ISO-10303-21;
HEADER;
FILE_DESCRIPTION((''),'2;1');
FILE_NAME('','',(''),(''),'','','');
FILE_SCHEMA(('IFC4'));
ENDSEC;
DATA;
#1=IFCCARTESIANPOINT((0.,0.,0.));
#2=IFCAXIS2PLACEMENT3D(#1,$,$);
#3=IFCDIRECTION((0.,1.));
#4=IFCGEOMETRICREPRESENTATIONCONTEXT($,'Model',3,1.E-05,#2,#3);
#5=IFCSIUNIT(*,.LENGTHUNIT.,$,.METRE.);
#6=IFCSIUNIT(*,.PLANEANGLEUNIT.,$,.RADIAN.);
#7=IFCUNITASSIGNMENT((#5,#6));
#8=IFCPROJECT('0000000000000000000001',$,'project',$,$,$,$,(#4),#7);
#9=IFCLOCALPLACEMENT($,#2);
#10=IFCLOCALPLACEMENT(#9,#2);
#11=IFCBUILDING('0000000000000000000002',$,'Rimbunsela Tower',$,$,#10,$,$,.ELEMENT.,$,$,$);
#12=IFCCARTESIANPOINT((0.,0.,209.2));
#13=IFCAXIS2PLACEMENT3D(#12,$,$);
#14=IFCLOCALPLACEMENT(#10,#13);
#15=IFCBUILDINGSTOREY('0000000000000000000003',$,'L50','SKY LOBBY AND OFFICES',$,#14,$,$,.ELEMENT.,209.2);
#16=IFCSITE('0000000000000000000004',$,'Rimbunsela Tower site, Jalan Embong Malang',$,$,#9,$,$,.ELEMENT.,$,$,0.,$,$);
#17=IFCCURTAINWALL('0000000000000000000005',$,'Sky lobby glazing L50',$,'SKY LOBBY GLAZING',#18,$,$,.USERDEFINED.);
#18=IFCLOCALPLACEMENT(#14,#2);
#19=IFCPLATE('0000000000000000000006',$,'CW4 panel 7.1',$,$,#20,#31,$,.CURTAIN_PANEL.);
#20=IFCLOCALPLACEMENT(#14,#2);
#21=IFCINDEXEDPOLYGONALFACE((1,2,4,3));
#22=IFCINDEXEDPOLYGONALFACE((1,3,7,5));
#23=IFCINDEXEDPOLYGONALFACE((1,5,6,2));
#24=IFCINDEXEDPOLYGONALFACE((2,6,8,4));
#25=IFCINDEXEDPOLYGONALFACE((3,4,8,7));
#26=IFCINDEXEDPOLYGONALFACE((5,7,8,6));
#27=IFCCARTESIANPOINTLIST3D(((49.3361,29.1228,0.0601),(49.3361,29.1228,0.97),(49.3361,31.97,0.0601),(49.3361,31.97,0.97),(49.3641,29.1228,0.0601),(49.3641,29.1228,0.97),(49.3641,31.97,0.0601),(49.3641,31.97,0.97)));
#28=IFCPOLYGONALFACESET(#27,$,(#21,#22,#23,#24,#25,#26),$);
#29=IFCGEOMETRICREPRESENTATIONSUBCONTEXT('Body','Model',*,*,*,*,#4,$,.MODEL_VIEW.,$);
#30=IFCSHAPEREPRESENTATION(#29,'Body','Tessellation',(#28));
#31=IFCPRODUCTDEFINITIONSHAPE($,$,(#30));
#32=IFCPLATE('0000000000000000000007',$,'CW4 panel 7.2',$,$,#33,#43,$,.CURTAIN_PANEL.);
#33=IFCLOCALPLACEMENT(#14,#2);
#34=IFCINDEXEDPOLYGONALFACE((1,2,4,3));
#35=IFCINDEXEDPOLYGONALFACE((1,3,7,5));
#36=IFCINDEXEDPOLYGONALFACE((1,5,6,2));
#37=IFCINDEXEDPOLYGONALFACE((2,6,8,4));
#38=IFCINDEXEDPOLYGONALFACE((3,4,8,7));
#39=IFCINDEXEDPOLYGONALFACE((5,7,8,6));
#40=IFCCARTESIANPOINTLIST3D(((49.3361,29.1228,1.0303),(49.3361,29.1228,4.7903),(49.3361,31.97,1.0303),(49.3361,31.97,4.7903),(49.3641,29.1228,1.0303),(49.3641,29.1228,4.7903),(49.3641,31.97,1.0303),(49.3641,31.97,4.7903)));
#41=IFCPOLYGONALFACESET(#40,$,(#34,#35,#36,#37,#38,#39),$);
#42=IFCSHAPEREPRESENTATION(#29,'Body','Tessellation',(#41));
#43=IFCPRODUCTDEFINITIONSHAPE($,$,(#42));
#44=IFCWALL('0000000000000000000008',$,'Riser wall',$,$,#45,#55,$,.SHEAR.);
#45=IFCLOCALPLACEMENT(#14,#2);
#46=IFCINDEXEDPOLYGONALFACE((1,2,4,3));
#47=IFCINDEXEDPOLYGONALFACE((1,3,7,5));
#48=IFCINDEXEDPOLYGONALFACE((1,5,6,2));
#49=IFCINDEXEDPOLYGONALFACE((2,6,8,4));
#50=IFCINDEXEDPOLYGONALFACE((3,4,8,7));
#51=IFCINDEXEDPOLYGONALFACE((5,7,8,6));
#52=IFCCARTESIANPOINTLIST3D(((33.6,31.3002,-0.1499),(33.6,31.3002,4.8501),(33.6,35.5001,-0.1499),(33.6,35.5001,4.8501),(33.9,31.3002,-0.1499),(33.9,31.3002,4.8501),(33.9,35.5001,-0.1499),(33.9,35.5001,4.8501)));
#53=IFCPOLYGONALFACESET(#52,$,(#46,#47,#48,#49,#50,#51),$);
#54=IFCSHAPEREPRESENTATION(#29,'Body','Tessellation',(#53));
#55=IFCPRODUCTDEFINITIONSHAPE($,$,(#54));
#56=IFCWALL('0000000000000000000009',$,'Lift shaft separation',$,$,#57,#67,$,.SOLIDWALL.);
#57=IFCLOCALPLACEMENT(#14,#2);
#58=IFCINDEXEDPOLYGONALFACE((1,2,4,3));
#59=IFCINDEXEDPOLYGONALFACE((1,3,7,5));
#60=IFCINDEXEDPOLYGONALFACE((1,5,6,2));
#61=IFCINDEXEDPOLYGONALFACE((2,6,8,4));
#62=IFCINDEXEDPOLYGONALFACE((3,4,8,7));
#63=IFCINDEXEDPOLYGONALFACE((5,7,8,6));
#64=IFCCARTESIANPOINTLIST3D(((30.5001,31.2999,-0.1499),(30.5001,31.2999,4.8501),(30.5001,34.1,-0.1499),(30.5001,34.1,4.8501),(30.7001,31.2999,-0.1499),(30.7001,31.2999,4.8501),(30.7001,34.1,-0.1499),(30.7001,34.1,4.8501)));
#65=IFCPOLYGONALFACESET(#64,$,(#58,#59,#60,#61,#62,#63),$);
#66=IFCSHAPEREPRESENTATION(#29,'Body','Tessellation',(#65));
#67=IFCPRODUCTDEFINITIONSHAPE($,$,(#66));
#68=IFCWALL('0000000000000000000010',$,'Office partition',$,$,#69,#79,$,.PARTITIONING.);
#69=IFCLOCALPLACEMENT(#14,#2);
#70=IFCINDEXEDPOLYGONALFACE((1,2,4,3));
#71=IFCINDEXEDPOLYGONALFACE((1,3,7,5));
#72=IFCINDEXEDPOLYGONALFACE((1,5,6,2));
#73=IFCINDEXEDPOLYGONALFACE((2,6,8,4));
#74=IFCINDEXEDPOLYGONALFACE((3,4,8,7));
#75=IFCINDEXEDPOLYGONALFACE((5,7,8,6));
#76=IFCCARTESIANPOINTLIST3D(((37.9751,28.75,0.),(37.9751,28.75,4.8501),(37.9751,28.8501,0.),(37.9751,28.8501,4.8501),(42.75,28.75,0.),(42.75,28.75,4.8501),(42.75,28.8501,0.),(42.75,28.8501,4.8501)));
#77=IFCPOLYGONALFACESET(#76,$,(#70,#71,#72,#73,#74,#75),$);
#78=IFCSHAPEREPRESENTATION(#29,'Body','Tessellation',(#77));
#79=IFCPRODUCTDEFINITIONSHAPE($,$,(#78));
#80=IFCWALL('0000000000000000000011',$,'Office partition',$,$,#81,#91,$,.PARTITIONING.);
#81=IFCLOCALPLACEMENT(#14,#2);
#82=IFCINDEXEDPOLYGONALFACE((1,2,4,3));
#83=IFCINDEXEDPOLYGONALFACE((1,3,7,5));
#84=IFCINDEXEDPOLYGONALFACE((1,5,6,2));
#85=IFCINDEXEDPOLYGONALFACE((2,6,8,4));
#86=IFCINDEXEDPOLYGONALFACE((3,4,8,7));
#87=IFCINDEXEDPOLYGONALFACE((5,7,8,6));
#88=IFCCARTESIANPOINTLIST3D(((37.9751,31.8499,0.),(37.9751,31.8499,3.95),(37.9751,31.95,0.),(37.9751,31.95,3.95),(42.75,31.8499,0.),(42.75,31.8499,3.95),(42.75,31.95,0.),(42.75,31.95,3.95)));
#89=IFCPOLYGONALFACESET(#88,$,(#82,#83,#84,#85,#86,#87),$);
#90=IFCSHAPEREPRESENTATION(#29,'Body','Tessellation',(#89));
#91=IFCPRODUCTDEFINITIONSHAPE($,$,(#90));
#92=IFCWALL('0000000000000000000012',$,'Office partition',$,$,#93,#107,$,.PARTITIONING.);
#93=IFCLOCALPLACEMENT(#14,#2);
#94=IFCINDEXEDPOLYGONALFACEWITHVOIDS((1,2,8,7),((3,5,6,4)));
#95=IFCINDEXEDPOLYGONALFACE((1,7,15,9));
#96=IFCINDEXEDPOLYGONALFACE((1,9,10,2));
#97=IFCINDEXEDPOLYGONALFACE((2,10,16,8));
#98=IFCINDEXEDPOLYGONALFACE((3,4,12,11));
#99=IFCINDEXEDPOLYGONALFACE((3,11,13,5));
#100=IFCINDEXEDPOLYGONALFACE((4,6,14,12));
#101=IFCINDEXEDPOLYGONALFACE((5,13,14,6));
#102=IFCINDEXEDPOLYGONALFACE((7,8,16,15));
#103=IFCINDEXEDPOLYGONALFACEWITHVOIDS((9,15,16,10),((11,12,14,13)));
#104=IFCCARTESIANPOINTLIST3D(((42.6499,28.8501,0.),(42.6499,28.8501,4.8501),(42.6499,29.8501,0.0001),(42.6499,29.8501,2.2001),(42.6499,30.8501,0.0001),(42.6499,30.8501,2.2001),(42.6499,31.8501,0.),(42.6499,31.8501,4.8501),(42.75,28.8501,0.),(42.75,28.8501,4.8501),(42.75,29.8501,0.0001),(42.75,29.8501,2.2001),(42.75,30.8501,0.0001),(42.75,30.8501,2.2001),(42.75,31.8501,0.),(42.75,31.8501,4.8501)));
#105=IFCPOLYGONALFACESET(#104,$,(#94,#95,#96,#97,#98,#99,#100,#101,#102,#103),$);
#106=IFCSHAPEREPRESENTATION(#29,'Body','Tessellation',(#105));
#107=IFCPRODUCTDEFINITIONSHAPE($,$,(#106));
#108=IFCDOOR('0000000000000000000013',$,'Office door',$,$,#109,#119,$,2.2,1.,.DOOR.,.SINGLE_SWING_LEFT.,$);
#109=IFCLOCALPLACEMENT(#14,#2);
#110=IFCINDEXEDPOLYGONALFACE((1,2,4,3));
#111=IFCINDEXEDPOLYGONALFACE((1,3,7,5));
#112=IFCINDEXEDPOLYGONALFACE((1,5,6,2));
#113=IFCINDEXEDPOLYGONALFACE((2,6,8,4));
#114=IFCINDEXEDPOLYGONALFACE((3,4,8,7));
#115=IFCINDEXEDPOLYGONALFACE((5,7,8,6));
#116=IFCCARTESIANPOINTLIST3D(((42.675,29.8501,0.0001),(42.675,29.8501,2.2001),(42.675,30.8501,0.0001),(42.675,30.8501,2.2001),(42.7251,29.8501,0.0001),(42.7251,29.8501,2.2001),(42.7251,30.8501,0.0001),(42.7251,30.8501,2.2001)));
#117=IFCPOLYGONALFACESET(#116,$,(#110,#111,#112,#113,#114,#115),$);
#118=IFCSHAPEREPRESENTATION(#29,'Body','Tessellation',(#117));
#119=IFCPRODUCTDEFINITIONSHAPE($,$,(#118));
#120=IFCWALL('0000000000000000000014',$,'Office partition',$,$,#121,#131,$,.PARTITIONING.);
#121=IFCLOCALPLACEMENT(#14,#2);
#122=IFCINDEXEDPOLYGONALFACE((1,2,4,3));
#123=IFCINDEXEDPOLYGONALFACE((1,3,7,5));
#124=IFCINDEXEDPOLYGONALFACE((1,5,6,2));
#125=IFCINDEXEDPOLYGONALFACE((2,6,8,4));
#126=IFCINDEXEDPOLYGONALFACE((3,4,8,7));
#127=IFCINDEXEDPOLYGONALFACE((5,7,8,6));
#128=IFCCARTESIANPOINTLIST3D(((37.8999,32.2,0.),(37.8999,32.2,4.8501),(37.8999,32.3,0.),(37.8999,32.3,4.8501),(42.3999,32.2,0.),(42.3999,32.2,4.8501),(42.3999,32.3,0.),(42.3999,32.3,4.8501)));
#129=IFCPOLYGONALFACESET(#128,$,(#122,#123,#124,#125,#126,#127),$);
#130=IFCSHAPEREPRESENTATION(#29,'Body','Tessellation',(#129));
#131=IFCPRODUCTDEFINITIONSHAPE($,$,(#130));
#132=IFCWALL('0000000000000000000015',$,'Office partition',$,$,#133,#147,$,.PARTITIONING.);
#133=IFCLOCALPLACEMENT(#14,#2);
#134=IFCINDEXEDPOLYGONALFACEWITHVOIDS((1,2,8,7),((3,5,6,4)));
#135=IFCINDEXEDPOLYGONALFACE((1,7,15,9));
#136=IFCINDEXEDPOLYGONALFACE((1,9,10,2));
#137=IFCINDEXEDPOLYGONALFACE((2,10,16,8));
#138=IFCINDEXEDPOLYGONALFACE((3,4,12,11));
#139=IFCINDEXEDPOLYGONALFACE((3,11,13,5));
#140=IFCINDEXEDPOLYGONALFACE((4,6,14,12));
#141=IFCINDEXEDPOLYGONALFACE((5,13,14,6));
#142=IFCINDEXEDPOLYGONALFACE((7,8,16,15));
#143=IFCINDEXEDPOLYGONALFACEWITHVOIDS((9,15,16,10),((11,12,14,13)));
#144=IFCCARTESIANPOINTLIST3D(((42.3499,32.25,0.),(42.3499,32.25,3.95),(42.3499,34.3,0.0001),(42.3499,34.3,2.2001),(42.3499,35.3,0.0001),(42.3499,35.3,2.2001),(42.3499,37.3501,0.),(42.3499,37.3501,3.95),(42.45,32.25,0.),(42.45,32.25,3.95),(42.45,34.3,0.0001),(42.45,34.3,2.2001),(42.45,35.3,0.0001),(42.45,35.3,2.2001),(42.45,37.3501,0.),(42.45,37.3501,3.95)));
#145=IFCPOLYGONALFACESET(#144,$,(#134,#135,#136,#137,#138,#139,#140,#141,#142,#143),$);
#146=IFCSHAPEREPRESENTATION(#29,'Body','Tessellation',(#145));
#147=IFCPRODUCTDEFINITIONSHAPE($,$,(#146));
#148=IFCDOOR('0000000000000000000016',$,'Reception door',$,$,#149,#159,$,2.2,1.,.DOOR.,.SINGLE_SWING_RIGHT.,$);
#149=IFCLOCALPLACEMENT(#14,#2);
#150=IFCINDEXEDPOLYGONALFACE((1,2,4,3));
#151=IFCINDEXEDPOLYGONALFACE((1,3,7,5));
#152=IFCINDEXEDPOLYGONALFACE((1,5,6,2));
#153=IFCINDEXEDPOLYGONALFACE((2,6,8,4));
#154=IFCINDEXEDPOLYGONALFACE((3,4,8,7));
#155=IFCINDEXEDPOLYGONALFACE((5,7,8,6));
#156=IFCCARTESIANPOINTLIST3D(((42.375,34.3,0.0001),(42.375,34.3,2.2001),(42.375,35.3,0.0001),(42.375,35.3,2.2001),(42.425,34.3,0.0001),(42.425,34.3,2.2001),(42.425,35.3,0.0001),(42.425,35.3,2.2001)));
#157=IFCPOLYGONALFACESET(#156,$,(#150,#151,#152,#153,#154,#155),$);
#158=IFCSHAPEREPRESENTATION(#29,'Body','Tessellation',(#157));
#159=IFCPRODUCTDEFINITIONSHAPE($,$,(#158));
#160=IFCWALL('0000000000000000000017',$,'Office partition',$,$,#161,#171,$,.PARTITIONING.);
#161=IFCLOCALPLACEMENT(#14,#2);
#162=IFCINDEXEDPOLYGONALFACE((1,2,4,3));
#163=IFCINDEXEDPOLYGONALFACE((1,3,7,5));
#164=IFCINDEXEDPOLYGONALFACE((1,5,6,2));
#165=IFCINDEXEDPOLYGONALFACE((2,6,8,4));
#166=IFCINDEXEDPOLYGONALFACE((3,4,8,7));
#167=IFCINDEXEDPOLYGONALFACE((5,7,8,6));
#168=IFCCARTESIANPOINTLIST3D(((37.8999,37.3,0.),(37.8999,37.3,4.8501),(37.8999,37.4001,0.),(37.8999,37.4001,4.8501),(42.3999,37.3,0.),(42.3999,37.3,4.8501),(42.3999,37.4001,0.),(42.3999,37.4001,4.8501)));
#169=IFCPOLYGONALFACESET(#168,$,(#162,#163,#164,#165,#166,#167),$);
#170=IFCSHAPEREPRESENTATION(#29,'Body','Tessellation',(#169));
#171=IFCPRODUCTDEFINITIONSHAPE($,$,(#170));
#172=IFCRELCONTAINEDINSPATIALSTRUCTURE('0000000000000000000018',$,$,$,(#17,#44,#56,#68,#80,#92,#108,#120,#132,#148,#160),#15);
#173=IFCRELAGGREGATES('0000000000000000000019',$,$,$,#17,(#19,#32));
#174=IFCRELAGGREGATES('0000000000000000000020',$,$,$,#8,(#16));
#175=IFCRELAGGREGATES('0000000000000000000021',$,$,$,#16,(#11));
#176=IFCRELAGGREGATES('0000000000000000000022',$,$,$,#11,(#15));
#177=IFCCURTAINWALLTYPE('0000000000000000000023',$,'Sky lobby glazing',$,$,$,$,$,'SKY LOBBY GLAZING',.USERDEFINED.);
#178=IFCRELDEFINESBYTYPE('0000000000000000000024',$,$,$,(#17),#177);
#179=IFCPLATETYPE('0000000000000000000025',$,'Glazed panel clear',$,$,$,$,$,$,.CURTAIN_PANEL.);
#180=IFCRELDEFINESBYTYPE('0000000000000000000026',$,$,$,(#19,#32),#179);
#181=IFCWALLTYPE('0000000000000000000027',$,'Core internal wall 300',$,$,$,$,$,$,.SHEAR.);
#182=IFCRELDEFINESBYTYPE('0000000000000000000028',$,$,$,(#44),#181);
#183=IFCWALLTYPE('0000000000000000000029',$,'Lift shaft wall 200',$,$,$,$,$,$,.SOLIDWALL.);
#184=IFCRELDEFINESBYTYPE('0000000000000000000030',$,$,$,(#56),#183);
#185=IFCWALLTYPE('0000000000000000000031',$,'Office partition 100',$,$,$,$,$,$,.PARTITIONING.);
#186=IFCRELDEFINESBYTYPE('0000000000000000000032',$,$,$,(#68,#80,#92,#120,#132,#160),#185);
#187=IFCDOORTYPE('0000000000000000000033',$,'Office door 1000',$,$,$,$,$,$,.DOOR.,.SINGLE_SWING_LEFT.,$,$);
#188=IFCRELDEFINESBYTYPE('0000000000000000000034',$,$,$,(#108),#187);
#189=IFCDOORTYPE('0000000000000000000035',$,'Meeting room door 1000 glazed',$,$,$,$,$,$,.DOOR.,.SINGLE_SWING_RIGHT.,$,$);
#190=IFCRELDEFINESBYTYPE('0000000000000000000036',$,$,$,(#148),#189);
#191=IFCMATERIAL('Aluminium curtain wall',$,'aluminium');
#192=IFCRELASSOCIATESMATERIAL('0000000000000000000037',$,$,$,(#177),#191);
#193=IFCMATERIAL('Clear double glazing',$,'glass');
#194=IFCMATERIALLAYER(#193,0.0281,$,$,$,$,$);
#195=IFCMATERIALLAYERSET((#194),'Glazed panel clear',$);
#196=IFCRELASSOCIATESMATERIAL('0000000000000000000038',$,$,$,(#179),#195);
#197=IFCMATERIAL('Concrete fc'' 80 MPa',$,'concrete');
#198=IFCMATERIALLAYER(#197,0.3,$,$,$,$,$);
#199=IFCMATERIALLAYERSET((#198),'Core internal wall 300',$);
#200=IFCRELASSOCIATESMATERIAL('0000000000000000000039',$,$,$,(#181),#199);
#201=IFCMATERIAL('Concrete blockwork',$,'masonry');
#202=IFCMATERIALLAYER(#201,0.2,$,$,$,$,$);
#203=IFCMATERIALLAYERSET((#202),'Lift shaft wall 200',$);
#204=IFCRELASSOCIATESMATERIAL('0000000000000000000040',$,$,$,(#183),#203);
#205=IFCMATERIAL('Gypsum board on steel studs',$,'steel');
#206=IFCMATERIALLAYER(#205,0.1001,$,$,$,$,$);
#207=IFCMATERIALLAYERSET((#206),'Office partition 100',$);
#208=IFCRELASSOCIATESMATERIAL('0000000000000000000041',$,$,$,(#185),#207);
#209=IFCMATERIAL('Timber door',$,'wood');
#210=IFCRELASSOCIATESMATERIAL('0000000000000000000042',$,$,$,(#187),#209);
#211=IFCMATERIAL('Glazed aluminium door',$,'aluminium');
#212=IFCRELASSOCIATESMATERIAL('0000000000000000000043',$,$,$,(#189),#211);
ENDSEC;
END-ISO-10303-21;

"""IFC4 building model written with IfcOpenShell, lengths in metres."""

from ifc_helpers import new_model, si_unit, direction, frame, frame_2d, origin, origin_2d, place, context, subcontext, project, spatial, rectangle, extrude, material, layer, layer_set, type_object, element, fill, aggregate, save


model = new_model("IFC4")

# Units and contexts
model_context = context("Model", 3, precision=1e-05, world=origin(), true_north=direction((0.0, 1.0)))
body_context = subcontext(model_context, "Body", "Model", "MODEL_VIEW")
ifc_project = project(units=[si_unit("LENGTHUNIT", "METRE"), si_unit("PLANEANGLEUNIT", "RADIAN")], contexts=[model_context])

# Site, building, storey
site_placement = place(None, origin())
site = spatial("IfcSite", under=ifc_project, at=site_placement, Name="Rimbunsela Tower site, Jalan Embong Malang", CompositionType="ELEMENT", RefElevation=0.0)
building_placement = place(site_placement, origin())
building = spatial("IfcBuilding", under=site, at=building_placement, Name="Rimbunsela Tower", CompositionType="ELEMENT")
storey_placement = place(building_placement, frame((0.0, 0.0, 209.2)))
storey = spatial("IfcBuildingStorey", under=building, at=storey_placement, Name="L50", Description="SKY LOBBY AND OFFICES", CompositionType="ELEMENT", Elevation=209.2)

# Curtain wall, plates
ifc_material_1 = material(Name="Aluminium curtain wall", Category="aluminium")
curtain_wall_type = type_object("IfcCurtainWallType", Name="Sky lobby glazing", ElementType="SKY LOBBY GLAZING", PredefinedType="USERDEFINED", material=ifc_material_1)
curtain_wall_placement = place(storey_placement, origin())
curtain_wall = element("IfcCurtainWall", 1, at=curtain_wall_placement, inside=storey, type_object=curtain_wall_type, Name="Sky lobby glazing L50", ObjectType="SKY LOBBY GLAZING", PredefinedType="USERDEFINED")
ifc_material_2 = material(Name="Clear double glazing", Category="glass")
ifc_layer_1 = layer(ifc_material_2, 0.0281)
ifc_layer_set_1 = layer_set([ifc_layer_1], Name="Glazed panel clear")
plate_type = type_object("IfcPlateType", Name="Glazed panel clear", PredefinedType="CURTAIN_PANEL", material=ifc_layer_set_1)
plate_1_placement = place(storey_placement, frame((49.3501, 30.5464, 0.0601), z_axis=(0.0, 0.0, 1.0), x_axis=(0.0, 1.0, 0.0)))
plate_1 = element("IfcPlate", 2, at=plate_1_placement, type_object=plate_type, Name="CW4 panel 7.1", PredefinedType="CURTAIN_PANEL", context=body_context, shape_type="SweptSolid", body=[
    extrude(rectangle(XDim=2.8472, YDim=0.0281, at=origin_2d()), origin(), (0.0, 0.0, 1.0), 0.9099),
])
plate_2_placement = place(storey_placement, frame((49.3501, 30.5464, 1.0303), z_axis=(0.0, 0.0, 1.0), x_axis=(0.0, 1.0, 0.0)))
plate_2 = element("IfcPlate", 3, at=plate_2_placement, type_object=plate_type, Name="CW4 panel 7.2", PredefinedType="CURTAIN_PANEL", context=body_context, shape_type="SweptSolid", body=[
    extrude(rectangle(XDim=2.8472, YDim=0.0281, at=origin_2d()), origin(), (0.0, 0.0, 1.0), 3.76),
])
aggregate(curtain_wall, [plate_1, plate_2])

# Walls
ifc_material_3 = material(Name="Concrete fc' 80 MPa", Category="concrete")
ifc_layer_2 = layer(ifc_material_3, 0.3)
ifc_layer_set_2 = layer_set([ifc_layer_2], Name="Core internal wall 300")
wall_type_1 = type_object("IfcWallType", Name="Core internal wall 300", PredefinedType="SHEAR", material=ifc_layer_set_2)
wall_1_placement = place(storey_placement, frame((33.75, 31.3, -0.1499), z_axis=(0.0, 0.0, 1.0), x_axis=(0.0, 1.0, 0.0)))
element("IfcWall", 4, at=wall_1_placement, inside=storey, type_object=wall_type_1, Name="Riser wall", PredefinedType="SHEAR", context=body_context, shape_type="SweptSolid", body=[
    extrude(rectangle(XDim=4.2, YDim=0.3, at=frame_2d((2.1001, 0.0))), origin(), (0.0, 0.0, 1.0), 5.0),
])
ifc_material_4 = material(Name="Concrete blockwork", Category="masonry")
ifc_layer_3 = layer(ifc_material_4, 0.2)
ifc_layer_set_3 = layer_set([ifc_layer_3], Name="Lift shaft wall 200")
wall_type_2 = type_object("IfcWallType", Name="Lift shaft wall 200", PredefinedType="SOLIDWALL", material=ifc_layer_set_3)
wall_2_placement = place(storey_placement, frame((30.6001, 31.3, -0.1499), z_axis=(0.0, 0.0, 1.0), x_axis=(0.0, 1.0, 0.0)))
element("IfcWall", 5, at=wall_2_placement, inside=storey, type_object=wall_type_2, Name="Lift shaft separation", PredefinedType="SOLIDWALL", context=body_context, shape_type="SweptSolid", body=[
    extrude(rectangle(XDim=2.8, YDim=0.2, at=frame_2d((1.3999, 0.0))), origin(), (0.0, 0.0, 1.0), 5.0),
])
ifc_material_5 = material(Name="Gypsum board on steel studs", Category="steel")
ifc_layer_4 = layer(ifc_material_5, 0.1001)
ifc_layer_set_4 = layer_set([ifc_layer_4], Name="Office partition 100")
wall_type_3 = type_object("IfcWallType", Name="Office partition 100", PredefinedType="PARTITIONING", material=ifc_layer_set_4)
wall_3_placement = place(storey_placement, frame((37.9751, 28.8, 0.0), z_axis=(0.0, 0.0, 1.0), x_axis=(1.0, 0.0, 0.0)))
element("IfcWall", 6, at=wall_3_placement, inside=storey, type_object=wall_type_3, Name="Office partition", PredefinedType="PARTITIONING", context=body_context, shape_type="SweptSolid", body=[
    extrude(rectangle(XDim=4.7749, YDim=0.1001, at=frame_2d((2.3875, 0.0))), origin(), (0.0, 0.0, 1.0), 4.8501),
])
wall_4_placement = place(storey_placement, frame((37.9751, 31.8999, 0.0), z_axis=(0.0, 0.0, 1.0), x_axis=(1.0, 0.0, 0.0)))
element("IfcWall", 7, at=wall_4_placement, inside=storey, type_object=wall_type_3, Name="Office partition", PredefinedType="PARTITIONING", context=body_context, shape_type="SweptSolid", body=[
    extrude(rectangle(XDim=4.7749, YDim=0.1001, at=frame_2d((2.3875, 0.0))), origin(), (0.0, 0.0, 1.0), 3.95),
])

# Wall, opening, door
wall_5_placement = place(storey_placement, frame((42.7, 28.8501, 0.0), z_axis=(0.0, 0.0, 1.0), x_axis=(0.0, 1.0, 0.0)))
wall_5 = element("IfcWall", 8, at=wall_5_placement, inside=storey, type_object=wall_type_3, Name="Office partition", PredefinedType="PARTITIONING", context=body_context, shape_type="SweptSolid", body=[
    extrude(rectangle(XDim=3.0, YDim=0.1001, at=frame_2d((1.5, 0.0))), origin(), (0.0, 0.0, 1.0), 4.8501),
])
opening_1_placement = place(wall_5_placement, frame((1.0, 0.0, 0.0)))
opening_1 = element("IfcOpeningElement", 9, at=opening_1_placement, cuts=wall_5, PredefinedType="OPENING", context=body_context, shape_type="SweptSolid", body=[
    extrude(rectangle(XDim=1.0, YDim=2.2, at=frame_2d((0.5, 1.1001))), frame((0.0, 0.0601, 0.0), z_axis=(0.0, -1.0, 0.0), x_axis=(1.0, 0.0, 0.0)), (0.0, 0.0, 1.0), 0.1201),
])
ifc_material_6 = material(Name="Timber door", Category="wood")
door_type_1 = type_object("IfcDoorType", Name="Office door 1000", OperationType="SINGLE_SWING_LEFT", PredefinedType="DOOR", material=ifc_material_6)
door_1_placement = place(opening_1_placement, origin())
door_1 = element("IfcDoor", 10, at=door_1_placement, inside=storey, type_object=door_type_1, Name="Office door", OperationType="SINGLE_SWING_LEFT", OverallHeight=2.2, OverallWidth=1.0, PredefinedType="DOOR", context=body_context, shape_type="SweptSolid", body=[
    extrude(rectangle(XDim=1.0, YDim=2.2, at=frame_2d((0.5, 1.1001))), frame((0.0, 0.0249, 0.0), z_axis=(0.0, -1.0, 0.0), x_axis=(1.0, 0.0, 0.0)), (0.0, 0.0, 1.0), 0.05),
])
fill(opening_1, door_1)

# Wall
wall_6_placement = place(storey_placement, frame((37.8999, 32.25, 0.0), z_axis=(0.0, 0.0, 1.0), x_axis=(1.0, 0.0, 0.0)))
element("IfcWall", 11, at=wall_6_placement, inside=storey, type_object=wall_type_3, Name="Office partition", PredefinedType="PARTITIONING", context=body_context, shape_type="SweptSolid", body=[
    extrude(rectangle(XDim=4.5, YDim=0.1001, at=frame_2d((2.25, 0.0))), origin(), (0.0, 0.0, 1.0), 4.8501),
])

# Wall, opening, door
wall_7_placement = place(storey_placement, frame((42.3999, 32.25, 0.0), z_axis=(0.0, 0.0, 1.0), x_axis=(0.0, 1.0, 0.0)))
wall_7 = element("IfcWall", 12, at=wall_7_placement, inside=storey, type_object=wall_type_3, Name="Office partition", PredefinedType="PARTITIONING", context=body_context, shape_type="SweptSolid", body=[
    extrude(rectangle(XDim=5.1001, YDim=0.1001, at=frame_2d((2.55, 0.0))), origin(), (0.0, 0.0, 1.0), 3.95),
])
opening_2_placement = place(wall_7_placement, frame((2.05, 0.0, 0.0)))
opening_2 = element("IfcOpeningElement", 13, at=opening_2_placement, cuts=wall_7, PredefinedType="OPENING", context=body_context, shape_type="SweptSolid", body=[
    extrude(rectangle(XDim=1.0, YDim=2.2, at=frame_2d((0.5, 1.1001))), frame((0.0, 0.0601, 0.0), z_axis=(0.0, -1.0, 0.0), x_axis=(1.0, 0.0, 0.0)), (0.0, 0.0, 1.0), 0.1201),
])
ifc_material_7 = material(Name="Glazed aluminium door", Category="aluminium")
door_type_2 = type_object("IfcDoorType", Name="Meeting room door 1000 glazed", OperationType="SINGLE_SWING_RIGHT", PredefinedType="DOOR", material=ifc_material_7)
door_2_placement = place(opening_2_placement, origin())
door_2 = element("IfcDoor", 14, at=door_2_placement, inside=storey, type_object=door_type_2, Name="Reception door", OperationType="SINGLE_SWING_RIGHT", OverallHeight=2.2, OverallWidth=1.0, PredefinedType="DOOR", context=body_context, shape_type="SweptSolid", body=[
    extrude(rectangle(XDim=1.0, YDim=2.2, at=frame_2d((0.5, 1.1001))), frame((0.0, 0.0249, 0.0), z_axis=(0.0, -1.0, 0.0), x_axis=(1.0, 0.0, 0.0)), (0.0, 0.0, 1.0), 0.05),
])
fill(opening_2, door_2)

# Wall
wall_8_placement = place(storey_placement, frame((42.3999, 37.3501, 0.0), z_axis=(0.0, 0.0, 1.0), x_axis=(-1.0, 0.0, 0.0)))
element("IfcWall", 15, at=wall_8_placement, inside=storey, type_object=wall_type_3, Name="Office partition", PredefinedType="PARTITIONING", context=body_context, shape_type="SweptSolid", body=[
    extrude(rectangle(XDim=4.5, YDim=0.1001, at=frame_2d((2.25, 0.0))), origin(), (0.0, 0.0, 1.0), 4.8501),
])

save(model, "model.ifc")
